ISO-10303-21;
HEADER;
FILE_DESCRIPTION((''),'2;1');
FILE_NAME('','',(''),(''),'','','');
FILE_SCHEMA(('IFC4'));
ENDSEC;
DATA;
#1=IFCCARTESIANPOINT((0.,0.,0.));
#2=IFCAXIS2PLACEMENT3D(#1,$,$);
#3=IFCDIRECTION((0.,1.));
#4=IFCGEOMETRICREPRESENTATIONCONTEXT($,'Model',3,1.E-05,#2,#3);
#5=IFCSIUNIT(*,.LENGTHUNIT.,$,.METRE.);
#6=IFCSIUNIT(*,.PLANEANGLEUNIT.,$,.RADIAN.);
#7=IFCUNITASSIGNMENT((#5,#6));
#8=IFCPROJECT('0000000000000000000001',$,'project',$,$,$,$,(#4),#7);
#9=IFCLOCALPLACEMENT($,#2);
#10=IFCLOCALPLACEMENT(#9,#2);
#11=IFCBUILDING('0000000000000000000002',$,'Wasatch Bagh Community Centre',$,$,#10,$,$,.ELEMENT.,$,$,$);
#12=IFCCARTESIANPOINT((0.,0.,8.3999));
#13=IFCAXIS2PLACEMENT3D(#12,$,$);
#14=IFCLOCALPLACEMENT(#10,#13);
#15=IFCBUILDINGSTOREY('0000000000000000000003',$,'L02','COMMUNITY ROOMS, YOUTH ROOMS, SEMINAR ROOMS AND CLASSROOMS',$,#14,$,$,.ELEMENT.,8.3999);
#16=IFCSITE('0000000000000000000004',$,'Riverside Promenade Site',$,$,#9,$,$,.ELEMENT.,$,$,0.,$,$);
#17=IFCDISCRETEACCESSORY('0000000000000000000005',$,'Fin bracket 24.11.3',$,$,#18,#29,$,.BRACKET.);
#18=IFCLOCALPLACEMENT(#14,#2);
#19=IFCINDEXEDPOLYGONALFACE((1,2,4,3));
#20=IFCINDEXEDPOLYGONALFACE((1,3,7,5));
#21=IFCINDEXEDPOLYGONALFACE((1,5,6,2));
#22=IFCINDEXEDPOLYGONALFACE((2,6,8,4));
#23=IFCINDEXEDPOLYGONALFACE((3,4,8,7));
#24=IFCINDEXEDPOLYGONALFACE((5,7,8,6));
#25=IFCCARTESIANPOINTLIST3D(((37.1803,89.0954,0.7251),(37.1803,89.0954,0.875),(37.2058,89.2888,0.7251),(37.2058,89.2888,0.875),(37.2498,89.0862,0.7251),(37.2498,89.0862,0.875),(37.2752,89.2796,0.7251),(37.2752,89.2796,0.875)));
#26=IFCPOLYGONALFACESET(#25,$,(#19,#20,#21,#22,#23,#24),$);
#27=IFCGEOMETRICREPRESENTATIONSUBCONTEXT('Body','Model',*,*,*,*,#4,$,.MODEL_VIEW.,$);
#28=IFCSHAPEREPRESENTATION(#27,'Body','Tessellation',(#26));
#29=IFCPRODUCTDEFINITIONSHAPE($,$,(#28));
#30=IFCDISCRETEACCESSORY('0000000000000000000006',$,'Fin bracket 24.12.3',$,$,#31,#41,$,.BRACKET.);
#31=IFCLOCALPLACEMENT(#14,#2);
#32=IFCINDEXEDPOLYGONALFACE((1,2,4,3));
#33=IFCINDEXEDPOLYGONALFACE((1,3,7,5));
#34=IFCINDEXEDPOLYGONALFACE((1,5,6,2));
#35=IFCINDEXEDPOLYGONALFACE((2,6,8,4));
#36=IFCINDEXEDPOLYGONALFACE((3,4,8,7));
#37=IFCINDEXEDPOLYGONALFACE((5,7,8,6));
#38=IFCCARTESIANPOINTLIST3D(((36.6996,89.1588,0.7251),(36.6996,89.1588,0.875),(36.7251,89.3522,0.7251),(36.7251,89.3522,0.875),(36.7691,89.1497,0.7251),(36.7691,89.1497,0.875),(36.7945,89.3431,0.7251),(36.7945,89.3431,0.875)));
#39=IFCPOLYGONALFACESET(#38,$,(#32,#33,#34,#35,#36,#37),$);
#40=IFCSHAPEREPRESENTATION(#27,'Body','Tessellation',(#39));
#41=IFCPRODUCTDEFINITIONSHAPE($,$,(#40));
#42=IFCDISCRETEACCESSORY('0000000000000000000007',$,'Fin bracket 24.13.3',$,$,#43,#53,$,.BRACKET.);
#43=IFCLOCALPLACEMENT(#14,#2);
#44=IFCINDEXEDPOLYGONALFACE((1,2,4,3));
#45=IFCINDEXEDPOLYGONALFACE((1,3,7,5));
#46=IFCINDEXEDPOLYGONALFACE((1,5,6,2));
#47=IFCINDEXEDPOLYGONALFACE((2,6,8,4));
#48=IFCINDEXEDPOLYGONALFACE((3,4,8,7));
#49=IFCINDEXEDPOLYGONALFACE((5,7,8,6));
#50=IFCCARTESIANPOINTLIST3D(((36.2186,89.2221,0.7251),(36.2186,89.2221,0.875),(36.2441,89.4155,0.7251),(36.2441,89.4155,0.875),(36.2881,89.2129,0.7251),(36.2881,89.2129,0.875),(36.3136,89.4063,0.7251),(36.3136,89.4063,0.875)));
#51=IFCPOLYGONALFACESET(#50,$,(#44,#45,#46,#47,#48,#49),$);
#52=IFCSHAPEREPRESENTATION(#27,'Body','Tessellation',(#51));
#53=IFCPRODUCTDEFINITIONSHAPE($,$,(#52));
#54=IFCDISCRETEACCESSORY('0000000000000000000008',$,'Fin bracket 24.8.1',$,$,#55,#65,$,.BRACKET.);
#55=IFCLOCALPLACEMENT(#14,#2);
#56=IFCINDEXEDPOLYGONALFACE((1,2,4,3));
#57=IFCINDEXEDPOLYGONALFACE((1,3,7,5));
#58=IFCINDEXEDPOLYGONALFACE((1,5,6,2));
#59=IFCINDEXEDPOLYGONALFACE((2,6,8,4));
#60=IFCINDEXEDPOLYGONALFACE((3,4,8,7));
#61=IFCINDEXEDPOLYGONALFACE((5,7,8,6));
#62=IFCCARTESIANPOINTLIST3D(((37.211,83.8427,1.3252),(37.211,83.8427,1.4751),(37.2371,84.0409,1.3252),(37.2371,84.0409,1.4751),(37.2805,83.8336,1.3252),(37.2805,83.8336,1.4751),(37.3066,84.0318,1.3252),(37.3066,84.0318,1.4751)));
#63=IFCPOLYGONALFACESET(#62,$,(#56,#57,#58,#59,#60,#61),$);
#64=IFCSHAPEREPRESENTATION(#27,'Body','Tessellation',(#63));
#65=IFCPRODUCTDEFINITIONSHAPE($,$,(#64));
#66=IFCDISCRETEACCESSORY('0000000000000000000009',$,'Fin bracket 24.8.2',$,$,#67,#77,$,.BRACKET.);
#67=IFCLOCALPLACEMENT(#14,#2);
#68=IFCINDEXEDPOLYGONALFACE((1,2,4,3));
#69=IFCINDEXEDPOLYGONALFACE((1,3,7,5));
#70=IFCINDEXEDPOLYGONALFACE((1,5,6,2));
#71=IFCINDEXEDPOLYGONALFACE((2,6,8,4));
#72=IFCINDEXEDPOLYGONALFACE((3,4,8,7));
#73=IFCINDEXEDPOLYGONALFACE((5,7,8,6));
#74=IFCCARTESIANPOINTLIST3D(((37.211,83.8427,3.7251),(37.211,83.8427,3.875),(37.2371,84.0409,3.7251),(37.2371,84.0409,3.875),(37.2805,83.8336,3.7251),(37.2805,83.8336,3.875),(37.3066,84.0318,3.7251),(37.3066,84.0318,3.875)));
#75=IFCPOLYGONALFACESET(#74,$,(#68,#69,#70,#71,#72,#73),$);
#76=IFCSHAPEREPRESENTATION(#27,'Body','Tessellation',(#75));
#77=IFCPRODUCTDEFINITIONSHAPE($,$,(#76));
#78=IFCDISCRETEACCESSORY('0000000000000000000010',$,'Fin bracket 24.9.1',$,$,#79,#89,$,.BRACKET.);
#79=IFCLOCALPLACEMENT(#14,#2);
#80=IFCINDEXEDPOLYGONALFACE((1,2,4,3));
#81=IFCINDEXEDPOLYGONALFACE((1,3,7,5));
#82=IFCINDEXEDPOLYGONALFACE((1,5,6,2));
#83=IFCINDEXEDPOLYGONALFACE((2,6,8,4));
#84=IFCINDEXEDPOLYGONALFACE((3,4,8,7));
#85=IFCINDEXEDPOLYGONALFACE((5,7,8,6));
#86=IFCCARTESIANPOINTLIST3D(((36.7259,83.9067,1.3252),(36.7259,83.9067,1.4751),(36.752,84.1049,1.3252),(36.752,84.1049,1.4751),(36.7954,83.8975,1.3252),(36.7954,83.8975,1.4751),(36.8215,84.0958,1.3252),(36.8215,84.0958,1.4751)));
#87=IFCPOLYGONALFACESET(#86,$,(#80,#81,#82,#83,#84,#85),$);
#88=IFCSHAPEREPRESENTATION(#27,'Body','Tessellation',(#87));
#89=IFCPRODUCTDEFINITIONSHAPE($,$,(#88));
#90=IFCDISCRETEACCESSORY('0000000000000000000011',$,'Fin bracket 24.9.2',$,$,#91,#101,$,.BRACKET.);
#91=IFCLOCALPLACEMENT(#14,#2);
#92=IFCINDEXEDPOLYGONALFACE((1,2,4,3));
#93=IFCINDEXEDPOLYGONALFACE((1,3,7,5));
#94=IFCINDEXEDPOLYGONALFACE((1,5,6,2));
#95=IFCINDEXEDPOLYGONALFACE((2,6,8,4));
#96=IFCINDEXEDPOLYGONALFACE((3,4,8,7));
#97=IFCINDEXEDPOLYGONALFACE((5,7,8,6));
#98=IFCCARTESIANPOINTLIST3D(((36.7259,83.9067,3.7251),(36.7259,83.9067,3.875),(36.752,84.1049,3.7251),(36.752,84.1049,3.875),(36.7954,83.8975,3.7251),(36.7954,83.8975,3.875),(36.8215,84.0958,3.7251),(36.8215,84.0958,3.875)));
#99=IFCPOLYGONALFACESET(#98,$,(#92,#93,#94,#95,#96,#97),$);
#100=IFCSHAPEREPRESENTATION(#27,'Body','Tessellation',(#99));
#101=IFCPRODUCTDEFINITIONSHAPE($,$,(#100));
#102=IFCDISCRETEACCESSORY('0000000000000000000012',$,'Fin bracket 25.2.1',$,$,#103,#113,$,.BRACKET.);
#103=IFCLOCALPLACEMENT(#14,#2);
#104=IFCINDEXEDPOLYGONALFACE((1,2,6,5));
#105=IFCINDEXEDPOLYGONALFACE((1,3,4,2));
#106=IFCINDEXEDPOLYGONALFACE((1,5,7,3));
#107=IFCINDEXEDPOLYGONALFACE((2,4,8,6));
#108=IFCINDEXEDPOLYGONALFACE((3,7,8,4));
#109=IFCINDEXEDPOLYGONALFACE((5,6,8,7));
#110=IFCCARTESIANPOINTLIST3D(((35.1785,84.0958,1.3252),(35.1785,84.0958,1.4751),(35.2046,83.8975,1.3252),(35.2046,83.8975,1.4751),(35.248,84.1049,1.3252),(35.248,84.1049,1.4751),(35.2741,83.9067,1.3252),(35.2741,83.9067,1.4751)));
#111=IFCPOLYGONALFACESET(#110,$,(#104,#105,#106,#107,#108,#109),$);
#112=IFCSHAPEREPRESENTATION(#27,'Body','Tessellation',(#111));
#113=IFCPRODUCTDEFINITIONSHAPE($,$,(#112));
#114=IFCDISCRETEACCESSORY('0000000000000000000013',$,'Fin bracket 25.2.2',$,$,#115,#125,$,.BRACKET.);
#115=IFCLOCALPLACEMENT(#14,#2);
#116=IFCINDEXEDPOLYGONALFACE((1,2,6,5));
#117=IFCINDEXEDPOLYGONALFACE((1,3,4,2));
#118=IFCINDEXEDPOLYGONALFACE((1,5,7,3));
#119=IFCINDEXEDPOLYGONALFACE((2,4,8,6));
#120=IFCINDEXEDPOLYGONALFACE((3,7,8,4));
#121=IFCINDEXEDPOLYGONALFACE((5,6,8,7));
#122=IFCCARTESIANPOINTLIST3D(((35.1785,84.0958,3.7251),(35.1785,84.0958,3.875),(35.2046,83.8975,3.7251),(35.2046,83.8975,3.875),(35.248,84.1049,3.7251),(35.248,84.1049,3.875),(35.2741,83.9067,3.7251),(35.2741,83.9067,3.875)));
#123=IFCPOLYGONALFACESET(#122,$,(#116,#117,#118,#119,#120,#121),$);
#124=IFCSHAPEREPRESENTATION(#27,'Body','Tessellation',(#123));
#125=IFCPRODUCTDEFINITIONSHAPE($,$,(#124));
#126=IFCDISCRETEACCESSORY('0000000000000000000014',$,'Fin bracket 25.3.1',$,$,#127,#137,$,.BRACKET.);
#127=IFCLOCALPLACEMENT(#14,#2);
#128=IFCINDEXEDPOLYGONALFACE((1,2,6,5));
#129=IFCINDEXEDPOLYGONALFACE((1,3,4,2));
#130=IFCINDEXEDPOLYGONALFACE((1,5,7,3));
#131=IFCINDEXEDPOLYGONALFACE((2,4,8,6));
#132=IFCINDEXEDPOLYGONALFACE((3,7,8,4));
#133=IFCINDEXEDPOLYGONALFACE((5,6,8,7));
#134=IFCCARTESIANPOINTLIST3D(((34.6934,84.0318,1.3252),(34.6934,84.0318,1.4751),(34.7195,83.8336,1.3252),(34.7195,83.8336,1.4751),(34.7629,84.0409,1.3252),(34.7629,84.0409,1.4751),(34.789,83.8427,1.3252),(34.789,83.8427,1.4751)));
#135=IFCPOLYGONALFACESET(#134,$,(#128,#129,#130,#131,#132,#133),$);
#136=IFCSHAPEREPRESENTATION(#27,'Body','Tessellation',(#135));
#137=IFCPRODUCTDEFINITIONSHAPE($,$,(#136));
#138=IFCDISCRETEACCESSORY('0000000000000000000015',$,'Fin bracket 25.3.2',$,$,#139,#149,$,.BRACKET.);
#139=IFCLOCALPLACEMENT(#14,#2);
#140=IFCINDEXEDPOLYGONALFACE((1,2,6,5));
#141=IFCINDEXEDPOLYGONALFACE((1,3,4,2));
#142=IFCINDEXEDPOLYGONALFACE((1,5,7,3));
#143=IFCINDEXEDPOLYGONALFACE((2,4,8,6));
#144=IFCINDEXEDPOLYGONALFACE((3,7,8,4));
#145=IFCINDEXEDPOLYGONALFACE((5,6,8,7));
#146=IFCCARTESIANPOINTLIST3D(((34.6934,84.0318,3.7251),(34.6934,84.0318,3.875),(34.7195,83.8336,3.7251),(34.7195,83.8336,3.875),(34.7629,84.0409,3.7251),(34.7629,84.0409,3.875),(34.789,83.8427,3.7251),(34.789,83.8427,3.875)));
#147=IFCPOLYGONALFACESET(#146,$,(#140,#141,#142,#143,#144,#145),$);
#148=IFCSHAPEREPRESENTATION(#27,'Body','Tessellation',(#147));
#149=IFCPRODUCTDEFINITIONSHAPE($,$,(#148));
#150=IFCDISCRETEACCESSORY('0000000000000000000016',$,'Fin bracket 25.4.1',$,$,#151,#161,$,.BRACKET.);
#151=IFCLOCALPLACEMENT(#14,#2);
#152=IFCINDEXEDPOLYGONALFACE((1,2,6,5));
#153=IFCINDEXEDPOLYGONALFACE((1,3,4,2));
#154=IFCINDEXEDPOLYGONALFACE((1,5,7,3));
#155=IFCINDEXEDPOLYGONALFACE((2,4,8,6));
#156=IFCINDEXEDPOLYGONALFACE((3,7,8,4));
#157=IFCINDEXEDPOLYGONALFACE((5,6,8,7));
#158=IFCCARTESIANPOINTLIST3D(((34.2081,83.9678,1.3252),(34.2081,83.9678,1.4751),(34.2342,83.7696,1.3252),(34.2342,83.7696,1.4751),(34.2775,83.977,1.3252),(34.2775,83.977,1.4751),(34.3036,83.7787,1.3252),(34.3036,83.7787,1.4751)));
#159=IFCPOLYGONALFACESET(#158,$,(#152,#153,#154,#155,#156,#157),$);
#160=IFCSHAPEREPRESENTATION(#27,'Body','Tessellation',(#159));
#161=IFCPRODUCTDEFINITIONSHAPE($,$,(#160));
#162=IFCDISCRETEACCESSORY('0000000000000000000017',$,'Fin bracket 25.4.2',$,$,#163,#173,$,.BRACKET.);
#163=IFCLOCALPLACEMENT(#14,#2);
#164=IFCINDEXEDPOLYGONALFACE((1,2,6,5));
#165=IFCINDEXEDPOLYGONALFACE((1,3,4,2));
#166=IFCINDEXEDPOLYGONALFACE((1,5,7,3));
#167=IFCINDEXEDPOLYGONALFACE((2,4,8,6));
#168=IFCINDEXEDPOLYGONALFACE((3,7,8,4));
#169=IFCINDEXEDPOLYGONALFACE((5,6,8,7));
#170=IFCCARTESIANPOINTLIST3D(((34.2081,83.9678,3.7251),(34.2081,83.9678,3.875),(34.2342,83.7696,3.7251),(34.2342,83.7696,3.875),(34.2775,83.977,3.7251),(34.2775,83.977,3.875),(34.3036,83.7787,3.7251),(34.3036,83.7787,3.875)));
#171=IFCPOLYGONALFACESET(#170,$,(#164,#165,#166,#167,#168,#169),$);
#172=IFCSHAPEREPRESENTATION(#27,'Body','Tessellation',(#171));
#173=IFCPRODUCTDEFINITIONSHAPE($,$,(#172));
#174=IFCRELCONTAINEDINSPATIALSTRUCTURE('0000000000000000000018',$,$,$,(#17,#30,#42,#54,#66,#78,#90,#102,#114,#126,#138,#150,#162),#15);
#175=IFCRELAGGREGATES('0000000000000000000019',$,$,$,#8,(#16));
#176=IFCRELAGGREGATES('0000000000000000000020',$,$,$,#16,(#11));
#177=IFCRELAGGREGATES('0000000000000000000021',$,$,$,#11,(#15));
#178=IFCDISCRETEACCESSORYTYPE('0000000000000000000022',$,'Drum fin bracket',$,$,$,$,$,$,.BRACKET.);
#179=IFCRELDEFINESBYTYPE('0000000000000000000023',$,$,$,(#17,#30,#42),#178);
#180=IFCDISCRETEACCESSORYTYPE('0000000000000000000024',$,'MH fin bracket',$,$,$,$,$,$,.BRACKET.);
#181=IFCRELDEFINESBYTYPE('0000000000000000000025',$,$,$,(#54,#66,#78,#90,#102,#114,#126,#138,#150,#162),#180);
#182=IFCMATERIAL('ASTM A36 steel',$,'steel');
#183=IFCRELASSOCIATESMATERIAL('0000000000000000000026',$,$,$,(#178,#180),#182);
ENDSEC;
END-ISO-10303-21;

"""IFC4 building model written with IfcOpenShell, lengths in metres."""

from ifc_helpers import new_model, si_unit, direction, frame, origin, origin_2d, place, context, subcontext, project, spatial, rectangle, extrude, material, type_object, element, save


model = new_model("IFC4")

# Units and contexts
model_context = context("Model", 3, precision=1e-05, world=origin(), true_north=direction((0.0, 1.0)))
body_context = subcontext(model_context, "Body", "Model", "MODEL_VIEW")
ifc_project = project(units=[si_unit("LENGTHUNIT", "METRE"), si_unit("PLANEANGLEUNIT", "RADIAN")], contexts=[model_context])

# Site, building, storey
site_placement = place(None, origin())
site = spatial("IfcSite", under=ifc_project, at=site_placement, Name="Riverside Promenade Site", CompositionType="ELEMENT", RefElevation=0.0)
building_placement = place(site_placement, origin())
building = spatial("IfcBuilding", under=site, at=building_placement, Name="Wasatch Bagh Community Centre", CompositionType="ELEMENT")
storey_placement = place(building_placement, frame((0.0, 0.0, 8.3999)))
storey = spatial("IfcBuildingStorey", under=building, at=storey_placement, Name="L02", Description="COMMUNITY ROOMS, YOUTH ROOMS, SEMINAR ROOMS AND CLASSROOMS", CompositionType="ELEMENT", Elevation=8.3999)

# Discrete accessories
ifc_material_1 = material(Name="ASTM A36 steel", Category="steel")
discrete_accessory_type_1 = type_object("IfcDiscreteAccessoryType", Name="Drum fin bracket", PredefinedType="BRACKET", material=ifc_material_1)
for number, where, z_axis, x_axis, name in (
    (1, (37.2278, 89.1875, 0.7251), (0.0, 0.0, 1.0), (-0.991445, 0.130526, 0.0), "Fin bracket 24.11.3"),
    (2, (36.7471, 89.251, 0.7251), (0.0, 0.0, 1.0), (-0.991445, 0.130526, 0.0), "Fin bracket 24.12.3"),
    (3, (36.2661, 89.3142, 0.7251), (0.0, 0.0, 1.0), (-0.991445, 0.130526, 0.0), "Fin bracket 24.13.3"),
):
    element("IfcDiscreteAccessory", number, at=place(storey_placement, frame(where, z_axis=z_axis, x_axis=x_axis)), inside=storey, type_object=discrete_accessory_type_1, Name=name, PredefinedType="BRACKET", context=body_context, shape_type="SweptSolid", body=[
        extrude(rectangle(XDim=0.0701, YDim=0.1951, at=origin_2d()), origin(), (0.0, 0.0, 1.0), 0.1499),
    ])
discrete_accessory_type_2 = type_object("IfcDiscreteAccessoryType", Name="MH fin bracket", PredefinedType="BRACKET", material=ifc_material_1)
for number, where, z_axis, x_axis, name in (
    (4, (37.2588, 83.9373, 1.3252), (0.0, 0.0, 1.0), (-0.991445, 0.130526, 0.0), "Fin bracket 24.8.1"),
    (5, (37.2588, 83.9373, 3.7251), (0.0, 0.0, 1.0), (-0.991445, 0.130526, 0.0), "Fin bracket 24.8.2"),
    (6, (36.7737, 84.0012, 1.3252), (0.0, 0.0, 1.0), (-0.991445, 0.130526, 0.0), "Fin bracket 24.9.1"),
    (7, (36.7737, 84.0012, 3.7251), (0.0, 0.0, 1.0), (-0.991445, 0.130526, 0.0), "Fin bracket 24.9.2"),
    (8, (35.2263, 84.0012, 1.3252), (0.0, 0.0, 1.0), (-0.991445, -0.130526, 0.0), "Fin bracket 25.2.1"),
    (9, (35.2263, 84.0012, 3.7251), (0.0, 0.0, 1.0), (-0.991445, -0.130526, 0.0), "Fin bracket 25.2.2"),
    (10, (34.7412, 83.9373, 1.3252), (0.0, 0.0, 1.0), (-0.991445, -0.130526, 0.0), "Fin bracket 25.3.1"),
    (11, (34.7412, 83.9373, 3.7251), (0.0, 0.0, 1.0), (-0.991445, -0.130526, 0.0), "Fin bracket 25.3.2"),
    (12, (34.2559, 83.8733, 1.3252), (0.0, 0.0, 1.0), (-0.991445, -0.130526, 0.0), "Fin bracket 25.4.1"),
    (13, (34.2559, 83.8733, 3.7251), (0.0, 0.0, 1.0), (-0.991445, -0.130526, 0.0), "Fin bracket 25.4.2"),
):
    element("IfcDiscreteAccessory", number, at=place(storey_placement, frame(where, z_axis=z_axis, x_axis=x_axis)), inside=storey, type_object=discrete_accessory_type_2, Name=name, PredefinedType="BRACKET", context=body_context, shape_type="SweptSolid", body=[
        extrude(rectangle(XDim=0.0701, YDim=0.2, at=origin_2d()), origin(), (0.0, 0.0, 1.0), 0.1499),
    ])

save(model, "model.ifc")
